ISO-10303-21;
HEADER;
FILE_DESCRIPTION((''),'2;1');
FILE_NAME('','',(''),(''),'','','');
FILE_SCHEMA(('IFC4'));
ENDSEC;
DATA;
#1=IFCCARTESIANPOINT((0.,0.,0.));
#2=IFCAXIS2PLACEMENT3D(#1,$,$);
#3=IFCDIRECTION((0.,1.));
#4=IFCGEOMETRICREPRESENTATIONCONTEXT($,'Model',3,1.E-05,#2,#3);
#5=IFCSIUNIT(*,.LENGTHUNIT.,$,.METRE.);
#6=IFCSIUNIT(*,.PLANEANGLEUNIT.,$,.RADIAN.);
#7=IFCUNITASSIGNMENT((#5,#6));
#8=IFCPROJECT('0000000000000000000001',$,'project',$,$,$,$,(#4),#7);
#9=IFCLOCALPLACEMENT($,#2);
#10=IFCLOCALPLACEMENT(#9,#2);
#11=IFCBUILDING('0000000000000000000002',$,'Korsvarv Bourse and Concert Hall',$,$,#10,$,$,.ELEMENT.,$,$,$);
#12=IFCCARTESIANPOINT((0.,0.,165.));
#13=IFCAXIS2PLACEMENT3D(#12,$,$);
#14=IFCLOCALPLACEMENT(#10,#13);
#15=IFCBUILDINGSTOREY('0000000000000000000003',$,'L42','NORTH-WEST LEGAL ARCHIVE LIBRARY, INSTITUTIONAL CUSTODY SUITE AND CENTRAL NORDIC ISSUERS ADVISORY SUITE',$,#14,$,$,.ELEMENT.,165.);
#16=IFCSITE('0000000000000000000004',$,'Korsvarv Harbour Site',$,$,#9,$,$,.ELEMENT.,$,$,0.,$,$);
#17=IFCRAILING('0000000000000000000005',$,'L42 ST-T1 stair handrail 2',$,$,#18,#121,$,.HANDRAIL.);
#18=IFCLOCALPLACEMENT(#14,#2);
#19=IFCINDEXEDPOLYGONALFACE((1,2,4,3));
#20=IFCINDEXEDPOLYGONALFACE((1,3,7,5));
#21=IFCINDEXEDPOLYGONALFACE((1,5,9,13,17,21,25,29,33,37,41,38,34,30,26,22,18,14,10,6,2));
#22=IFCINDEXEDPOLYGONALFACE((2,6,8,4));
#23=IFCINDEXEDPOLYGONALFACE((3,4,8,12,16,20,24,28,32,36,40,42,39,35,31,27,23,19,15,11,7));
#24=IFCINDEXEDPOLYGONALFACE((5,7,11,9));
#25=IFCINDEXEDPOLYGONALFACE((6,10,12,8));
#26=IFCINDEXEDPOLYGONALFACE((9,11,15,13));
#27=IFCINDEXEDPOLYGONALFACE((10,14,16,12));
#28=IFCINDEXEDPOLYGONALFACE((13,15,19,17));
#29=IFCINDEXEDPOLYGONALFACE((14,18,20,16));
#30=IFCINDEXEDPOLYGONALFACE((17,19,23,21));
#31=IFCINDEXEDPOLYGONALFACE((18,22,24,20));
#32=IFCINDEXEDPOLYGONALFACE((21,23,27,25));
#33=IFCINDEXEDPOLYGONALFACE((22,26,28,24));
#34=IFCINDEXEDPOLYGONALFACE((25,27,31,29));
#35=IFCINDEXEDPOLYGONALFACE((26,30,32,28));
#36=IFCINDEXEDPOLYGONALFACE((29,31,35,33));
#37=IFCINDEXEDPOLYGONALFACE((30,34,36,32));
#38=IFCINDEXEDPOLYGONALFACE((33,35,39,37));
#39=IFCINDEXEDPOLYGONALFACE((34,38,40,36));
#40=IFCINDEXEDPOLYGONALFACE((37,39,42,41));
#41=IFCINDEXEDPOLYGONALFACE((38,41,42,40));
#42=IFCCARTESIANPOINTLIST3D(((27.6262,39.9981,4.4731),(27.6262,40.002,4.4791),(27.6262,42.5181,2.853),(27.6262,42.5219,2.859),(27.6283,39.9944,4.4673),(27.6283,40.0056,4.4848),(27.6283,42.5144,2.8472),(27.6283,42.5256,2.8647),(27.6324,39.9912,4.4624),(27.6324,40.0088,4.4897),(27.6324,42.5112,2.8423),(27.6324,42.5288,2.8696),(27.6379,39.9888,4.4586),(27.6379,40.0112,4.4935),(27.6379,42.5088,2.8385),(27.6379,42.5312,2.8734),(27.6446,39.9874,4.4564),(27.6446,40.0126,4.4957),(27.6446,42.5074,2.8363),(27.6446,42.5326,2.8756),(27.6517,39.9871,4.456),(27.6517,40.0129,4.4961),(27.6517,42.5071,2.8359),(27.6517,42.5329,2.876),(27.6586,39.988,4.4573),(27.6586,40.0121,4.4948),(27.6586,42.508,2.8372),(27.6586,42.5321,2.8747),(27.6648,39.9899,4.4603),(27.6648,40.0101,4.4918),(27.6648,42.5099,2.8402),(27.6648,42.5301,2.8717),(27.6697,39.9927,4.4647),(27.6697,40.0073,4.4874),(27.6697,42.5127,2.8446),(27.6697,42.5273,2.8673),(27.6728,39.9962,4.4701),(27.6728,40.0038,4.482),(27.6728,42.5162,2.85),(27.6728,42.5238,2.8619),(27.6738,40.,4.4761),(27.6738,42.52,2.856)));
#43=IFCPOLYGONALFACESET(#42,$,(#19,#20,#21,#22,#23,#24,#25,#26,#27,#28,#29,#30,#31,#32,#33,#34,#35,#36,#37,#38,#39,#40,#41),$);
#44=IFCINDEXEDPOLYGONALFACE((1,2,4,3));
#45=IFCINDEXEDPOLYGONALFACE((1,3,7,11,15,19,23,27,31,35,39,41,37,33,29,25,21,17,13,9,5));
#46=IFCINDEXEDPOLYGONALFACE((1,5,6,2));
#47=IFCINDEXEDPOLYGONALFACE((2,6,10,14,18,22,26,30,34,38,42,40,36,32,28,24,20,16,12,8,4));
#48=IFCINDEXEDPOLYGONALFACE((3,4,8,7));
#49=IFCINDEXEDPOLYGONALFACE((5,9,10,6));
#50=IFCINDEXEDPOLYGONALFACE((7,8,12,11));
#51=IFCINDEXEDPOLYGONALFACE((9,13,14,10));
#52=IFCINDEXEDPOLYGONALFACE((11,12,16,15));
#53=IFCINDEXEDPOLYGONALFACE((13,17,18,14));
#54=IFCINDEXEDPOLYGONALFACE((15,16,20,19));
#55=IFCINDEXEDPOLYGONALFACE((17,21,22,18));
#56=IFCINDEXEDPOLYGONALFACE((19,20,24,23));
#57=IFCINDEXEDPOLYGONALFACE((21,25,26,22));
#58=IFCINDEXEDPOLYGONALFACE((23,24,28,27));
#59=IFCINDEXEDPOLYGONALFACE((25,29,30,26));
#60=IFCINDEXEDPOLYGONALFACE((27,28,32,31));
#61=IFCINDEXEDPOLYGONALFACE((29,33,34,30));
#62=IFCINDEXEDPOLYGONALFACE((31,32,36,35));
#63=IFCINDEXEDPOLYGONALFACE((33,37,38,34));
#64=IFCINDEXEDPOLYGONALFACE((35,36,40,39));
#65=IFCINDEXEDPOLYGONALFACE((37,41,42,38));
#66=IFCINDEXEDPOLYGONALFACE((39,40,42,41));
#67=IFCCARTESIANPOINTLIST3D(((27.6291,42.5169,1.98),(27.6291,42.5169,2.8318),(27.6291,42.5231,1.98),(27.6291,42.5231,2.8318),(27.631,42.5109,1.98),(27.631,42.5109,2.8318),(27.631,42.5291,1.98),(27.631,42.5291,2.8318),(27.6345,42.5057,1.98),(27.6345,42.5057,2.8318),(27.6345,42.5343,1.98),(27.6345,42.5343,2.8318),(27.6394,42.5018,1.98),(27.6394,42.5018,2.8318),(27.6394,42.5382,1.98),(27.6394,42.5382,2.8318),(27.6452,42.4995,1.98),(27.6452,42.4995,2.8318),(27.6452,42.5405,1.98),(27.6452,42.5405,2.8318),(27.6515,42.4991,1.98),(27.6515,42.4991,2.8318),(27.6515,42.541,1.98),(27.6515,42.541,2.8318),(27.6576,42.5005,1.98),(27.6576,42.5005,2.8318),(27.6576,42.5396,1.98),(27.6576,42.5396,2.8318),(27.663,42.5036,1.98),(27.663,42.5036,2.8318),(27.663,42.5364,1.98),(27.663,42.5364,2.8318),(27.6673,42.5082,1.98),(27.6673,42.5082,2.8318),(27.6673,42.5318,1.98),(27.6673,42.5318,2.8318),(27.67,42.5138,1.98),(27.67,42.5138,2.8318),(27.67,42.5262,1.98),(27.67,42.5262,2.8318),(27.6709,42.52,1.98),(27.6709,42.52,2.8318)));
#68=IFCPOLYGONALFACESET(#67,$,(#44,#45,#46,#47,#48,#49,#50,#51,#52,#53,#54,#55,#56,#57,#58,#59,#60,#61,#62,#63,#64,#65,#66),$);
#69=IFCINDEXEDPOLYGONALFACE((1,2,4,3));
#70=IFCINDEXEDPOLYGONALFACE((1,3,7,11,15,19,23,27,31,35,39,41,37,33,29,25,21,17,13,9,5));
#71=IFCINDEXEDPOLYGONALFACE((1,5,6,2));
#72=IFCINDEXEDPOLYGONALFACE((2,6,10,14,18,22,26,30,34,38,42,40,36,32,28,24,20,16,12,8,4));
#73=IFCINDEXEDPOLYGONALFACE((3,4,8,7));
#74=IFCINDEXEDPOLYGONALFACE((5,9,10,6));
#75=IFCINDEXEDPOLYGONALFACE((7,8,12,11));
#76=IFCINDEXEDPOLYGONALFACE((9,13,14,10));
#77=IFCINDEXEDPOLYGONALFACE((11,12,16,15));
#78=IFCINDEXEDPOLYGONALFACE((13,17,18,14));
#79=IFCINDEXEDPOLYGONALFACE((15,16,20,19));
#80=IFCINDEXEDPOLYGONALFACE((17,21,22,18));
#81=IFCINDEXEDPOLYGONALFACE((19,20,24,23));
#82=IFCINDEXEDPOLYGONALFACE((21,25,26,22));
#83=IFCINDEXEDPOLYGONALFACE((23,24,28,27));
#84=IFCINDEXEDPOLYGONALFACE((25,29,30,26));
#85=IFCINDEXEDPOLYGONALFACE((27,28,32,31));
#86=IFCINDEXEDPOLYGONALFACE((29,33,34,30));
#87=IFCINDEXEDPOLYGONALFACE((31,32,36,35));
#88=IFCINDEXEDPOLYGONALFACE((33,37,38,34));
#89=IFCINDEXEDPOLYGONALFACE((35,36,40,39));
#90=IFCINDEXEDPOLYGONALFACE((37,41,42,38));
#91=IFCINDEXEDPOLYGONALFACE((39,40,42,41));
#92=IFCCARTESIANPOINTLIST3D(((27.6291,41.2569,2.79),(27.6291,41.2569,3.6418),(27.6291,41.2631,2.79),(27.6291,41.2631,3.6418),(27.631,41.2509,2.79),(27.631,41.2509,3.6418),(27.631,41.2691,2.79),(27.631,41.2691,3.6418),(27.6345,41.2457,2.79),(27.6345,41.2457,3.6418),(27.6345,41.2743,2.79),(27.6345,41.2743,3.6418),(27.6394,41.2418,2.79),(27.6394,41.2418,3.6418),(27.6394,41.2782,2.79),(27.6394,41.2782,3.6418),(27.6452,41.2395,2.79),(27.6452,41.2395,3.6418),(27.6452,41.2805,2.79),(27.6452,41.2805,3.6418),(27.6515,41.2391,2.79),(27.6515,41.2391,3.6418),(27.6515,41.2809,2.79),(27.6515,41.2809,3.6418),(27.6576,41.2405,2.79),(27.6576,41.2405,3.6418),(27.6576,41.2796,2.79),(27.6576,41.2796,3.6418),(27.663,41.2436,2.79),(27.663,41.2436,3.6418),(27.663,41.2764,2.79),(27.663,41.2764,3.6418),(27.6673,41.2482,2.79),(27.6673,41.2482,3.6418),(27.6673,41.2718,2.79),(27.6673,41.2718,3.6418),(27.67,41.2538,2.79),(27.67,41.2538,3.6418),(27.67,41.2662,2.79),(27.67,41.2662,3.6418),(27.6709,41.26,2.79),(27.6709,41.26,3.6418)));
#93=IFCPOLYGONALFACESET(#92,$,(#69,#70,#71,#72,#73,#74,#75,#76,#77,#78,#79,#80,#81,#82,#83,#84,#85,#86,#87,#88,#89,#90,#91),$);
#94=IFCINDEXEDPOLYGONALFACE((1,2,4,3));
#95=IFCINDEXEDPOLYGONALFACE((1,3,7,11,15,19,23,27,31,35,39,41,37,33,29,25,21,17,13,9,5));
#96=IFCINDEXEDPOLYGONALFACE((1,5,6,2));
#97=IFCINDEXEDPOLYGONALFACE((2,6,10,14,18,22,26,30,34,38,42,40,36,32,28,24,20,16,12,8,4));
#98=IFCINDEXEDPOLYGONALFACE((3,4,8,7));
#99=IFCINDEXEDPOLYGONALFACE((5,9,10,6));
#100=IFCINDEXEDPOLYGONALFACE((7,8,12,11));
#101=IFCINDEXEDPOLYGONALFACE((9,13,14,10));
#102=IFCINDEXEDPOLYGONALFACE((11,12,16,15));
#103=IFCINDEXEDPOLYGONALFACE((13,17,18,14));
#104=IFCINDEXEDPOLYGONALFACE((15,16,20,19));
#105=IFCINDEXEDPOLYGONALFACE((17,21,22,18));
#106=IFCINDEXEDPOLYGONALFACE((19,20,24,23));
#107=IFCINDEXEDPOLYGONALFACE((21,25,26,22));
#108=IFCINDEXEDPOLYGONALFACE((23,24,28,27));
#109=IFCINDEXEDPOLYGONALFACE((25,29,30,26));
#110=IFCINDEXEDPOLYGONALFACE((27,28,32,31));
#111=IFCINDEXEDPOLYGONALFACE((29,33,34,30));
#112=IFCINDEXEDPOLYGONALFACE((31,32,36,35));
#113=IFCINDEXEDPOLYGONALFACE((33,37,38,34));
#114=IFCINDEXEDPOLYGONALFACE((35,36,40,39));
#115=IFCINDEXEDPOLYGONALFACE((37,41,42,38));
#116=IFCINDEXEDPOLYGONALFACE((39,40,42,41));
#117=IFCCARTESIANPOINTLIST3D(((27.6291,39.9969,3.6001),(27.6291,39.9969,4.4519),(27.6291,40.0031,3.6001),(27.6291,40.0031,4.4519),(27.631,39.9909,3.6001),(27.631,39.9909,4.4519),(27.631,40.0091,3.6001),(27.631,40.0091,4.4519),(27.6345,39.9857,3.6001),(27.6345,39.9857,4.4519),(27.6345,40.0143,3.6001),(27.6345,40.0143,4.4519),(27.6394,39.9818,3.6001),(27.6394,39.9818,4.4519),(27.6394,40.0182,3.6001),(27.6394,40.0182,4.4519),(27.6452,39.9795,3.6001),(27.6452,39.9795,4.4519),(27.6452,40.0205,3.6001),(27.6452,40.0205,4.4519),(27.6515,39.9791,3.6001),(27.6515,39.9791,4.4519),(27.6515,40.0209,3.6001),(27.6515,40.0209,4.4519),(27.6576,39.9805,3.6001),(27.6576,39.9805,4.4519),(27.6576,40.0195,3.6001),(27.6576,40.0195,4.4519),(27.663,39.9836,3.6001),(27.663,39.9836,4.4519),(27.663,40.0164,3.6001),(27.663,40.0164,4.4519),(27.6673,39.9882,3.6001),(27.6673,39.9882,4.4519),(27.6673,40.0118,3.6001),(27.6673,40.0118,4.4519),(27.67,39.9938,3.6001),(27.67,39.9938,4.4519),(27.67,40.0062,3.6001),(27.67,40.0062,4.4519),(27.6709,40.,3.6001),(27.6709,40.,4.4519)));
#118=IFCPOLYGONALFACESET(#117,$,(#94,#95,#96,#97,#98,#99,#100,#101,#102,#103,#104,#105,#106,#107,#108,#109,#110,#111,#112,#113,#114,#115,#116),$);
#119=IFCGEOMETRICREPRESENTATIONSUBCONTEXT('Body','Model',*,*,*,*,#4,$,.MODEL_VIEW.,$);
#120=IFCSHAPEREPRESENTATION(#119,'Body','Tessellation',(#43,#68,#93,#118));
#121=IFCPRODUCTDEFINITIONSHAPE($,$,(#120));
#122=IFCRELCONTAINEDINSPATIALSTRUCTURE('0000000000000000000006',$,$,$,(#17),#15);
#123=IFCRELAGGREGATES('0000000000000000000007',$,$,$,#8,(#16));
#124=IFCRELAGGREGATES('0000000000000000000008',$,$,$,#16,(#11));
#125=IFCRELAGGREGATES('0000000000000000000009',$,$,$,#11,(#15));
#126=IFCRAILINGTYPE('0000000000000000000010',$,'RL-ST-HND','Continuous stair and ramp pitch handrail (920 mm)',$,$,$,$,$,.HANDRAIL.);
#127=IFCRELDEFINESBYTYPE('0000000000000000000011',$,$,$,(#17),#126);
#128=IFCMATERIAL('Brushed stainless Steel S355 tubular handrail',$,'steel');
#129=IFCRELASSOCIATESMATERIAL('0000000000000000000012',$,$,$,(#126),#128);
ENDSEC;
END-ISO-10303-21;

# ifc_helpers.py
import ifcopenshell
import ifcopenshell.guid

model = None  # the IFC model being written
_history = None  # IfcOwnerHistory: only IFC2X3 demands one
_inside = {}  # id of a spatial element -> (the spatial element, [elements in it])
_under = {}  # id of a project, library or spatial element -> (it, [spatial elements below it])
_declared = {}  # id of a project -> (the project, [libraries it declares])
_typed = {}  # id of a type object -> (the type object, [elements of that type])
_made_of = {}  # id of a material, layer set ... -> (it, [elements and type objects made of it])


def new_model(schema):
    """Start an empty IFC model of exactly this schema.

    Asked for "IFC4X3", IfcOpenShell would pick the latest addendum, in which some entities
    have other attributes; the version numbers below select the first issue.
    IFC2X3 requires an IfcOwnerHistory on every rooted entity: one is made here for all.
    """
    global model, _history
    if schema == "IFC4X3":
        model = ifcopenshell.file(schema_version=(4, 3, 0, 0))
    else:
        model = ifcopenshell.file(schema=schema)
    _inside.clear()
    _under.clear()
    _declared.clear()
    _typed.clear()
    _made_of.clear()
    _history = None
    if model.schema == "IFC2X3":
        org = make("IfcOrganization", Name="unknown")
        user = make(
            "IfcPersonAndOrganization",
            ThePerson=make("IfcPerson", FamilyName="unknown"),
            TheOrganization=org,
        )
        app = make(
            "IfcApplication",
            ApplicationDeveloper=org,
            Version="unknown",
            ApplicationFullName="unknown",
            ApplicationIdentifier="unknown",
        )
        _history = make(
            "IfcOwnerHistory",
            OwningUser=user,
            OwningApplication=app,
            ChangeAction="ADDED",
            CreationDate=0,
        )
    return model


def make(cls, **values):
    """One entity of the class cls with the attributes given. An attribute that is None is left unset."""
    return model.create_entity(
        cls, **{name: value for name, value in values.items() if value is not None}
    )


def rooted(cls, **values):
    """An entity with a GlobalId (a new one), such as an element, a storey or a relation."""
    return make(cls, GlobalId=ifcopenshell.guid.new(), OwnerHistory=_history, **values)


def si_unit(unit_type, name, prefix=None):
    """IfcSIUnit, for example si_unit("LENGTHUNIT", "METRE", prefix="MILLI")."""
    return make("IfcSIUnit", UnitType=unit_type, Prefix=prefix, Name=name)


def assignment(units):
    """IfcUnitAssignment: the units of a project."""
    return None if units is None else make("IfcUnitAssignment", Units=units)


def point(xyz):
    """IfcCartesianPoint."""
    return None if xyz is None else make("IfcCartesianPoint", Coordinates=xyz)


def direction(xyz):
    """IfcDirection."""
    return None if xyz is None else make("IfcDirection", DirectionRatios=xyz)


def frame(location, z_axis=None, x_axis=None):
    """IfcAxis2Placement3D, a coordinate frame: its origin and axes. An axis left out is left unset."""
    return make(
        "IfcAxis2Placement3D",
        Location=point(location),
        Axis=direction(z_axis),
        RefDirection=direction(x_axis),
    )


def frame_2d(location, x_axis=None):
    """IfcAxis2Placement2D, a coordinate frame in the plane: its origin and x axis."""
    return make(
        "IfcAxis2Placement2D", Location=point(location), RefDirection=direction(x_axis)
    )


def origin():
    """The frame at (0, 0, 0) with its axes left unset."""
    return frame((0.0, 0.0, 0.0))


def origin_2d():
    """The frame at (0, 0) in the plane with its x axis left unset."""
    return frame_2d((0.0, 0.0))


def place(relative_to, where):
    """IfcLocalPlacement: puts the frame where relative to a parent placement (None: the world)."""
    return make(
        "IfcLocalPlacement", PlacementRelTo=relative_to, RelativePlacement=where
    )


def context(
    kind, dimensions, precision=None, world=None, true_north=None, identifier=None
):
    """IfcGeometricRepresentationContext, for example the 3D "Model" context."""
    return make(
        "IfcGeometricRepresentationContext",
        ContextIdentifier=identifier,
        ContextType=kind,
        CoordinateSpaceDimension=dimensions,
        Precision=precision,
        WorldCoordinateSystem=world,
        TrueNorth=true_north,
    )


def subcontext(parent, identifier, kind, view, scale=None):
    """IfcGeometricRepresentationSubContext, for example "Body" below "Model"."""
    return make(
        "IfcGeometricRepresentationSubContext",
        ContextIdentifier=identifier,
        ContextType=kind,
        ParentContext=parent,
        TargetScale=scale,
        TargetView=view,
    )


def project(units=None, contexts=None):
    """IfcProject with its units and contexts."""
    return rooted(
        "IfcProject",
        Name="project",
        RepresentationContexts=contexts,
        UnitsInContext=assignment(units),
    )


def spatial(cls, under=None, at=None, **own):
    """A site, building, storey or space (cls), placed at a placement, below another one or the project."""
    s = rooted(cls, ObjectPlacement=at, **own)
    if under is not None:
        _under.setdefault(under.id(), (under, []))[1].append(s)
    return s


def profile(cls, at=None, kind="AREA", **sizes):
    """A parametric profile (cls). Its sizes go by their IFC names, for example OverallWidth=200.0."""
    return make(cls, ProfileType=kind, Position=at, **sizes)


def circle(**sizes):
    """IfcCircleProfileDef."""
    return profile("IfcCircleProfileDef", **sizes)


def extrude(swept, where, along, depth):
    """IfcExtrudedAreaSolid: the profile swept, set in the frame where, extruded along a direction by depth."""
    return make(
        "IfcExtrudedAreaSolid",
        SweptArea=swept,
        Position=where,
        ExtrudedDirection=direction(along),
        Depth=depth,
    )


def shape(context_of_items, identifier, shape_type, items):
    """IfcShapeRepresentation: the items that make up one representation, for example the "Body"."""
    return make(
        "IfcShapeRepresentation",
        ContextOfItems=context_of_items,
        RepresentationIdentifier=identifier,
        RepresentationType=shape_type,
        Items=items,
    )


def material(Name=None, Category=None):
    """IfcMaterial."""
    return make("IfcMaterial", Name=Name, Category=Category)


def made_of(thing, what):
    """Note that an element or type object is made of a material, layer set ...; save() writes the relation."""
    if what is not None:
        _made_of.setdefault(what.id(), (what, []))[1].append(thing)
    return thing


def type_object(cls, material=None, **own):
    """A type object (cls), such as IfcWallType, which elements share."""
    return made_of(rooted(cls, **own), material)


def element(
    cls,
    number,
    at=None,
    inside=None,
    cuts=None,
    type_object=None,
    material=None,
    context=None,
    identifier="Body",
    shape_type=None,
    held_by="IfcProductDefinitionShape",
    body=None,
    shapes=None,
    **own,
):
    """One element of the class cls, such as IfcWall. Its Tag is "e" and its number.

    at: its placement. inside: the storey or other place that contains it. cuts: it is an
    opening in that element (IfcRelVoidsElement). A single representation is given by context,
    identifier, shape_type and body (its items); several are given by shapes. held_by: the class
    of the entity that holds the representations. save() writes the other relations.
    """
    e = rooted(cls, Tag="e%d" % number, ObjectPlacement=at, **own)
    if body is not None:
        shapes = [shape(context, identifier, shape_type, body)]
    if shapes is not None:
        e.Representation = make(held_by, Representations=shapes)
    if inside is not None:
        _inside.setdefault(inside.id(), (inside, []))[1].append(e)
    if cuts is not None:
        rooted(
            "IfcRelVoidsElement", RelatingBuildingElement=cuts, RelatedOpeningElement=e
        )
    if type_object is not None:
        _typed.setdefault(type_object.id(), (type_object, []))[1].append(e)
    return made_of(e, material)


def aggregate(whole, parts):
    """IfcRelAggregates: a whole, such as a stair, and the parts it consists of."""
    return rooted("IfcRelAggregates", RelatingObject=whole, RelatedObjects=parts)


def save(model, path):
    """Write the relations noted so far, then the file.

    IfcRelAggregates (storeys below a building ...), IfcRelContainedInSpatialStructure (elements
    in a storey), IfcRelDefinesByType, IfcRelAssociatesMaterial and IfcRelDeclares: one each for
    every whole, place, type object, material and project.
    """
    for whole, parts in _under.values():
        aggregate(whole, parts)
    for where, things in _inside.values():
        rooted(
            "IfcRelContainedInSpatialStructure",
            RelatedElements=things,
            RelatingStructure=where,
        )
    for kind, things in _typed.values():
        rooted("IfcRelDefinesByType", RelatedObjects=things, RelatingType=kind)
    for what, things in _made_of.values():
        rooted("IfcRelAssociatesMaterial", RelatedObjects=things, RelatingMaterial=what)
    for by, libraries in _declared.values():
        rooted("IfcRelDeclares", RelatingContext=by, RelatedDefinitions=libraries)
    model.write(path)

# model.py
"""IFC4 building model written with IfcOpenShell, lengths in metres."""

from ifc_helpers import new_model, si_unit, direction, frame, origin, origin_2d, place, context, subcontext, project, spatial, circle, extrude, material, type_object, element, save


model = new_model("IFC4")

# Units and contexts
model_context = context("Model", 3, precision=1e-05, world=origin(), true_north=direction((0.0, 1.0)))
body_context = subcontext(model_context, "Body", "Model", "MODEL_VIEW")
ifc_project = project(units=[si_unit("LENGTHUNIT", "METRE"), si_unit("PLANEANGLEUNIT", "RADIAN")], contexts=[model_context])

# Site, building, storey
site_placement = place(None, origin())
site = spatial("IfcSite", under=ifc_project, at=site_placement, Name="Korsvarv Harbour Site", CompositionType="ELEMENT", RefElevation=0.0)
building_placement = place(site_placement, origin())
building = spatial("IfcBuilding", under=site, at=building_placement, Name="Korsvarv Bourse and Concert Hall", CompositionType="ELEMENT")
storey_placement = place(building_placement, frame((0.0, 0.0, 165.0)))
storey = spatial("IfcBuildingStorey", under=building, at=storey_placement, Name="L42", Description="NORTH-WEST LEGAL ARCHIVE LIBRARY, INSTITUTIONAL CUSTODY SUITE AND CENTRAL NORDIC ISSUERS ADVISORY SUITE", CompositionType="ELEMENT", Elevation=165.0)

# Railing
ifc_material_1 = material(Name="Brushed stainless Steel S355 tubular handrail", Category="steel")
railing_type_1 = type_object("IfcRailingType", Name="RL-ST-HND", Description="Continuous stair and ramp pitch handrail (920 mm)", PredefinedType="HANDRAIL", material=ifc_material_1)
railing_1_placement = place(storey_placement, frame((27.6499, 42.52, 1.98)))
element("IfcRailing", 1, at=railing_1_placement, inside=storey, type_object=railing_type_1, Name="L42 ST-T1 stair handrail 2", PredefinedType="HANDRAIL", context=body_context, shape_type="SweptSolid", body=[
    extrude(circle(Radius=0.0239, at=origin_2d()), frame((0.0, 0.0, 0.876), z_axis=(0.0, -0.841163, 0.540782), x_axis=(1.0, 0.0, 0.0)), (0.0, 0.0, 1.0), 2.9958),
    extrude(circle(Radius=0.021, at=origin_2d()), origin(), (0.0, 0.0, 1.0), 0.8518),
    extrude(circle(Radius=0.021, at=origin_2d()), frame((0.0, -1.26, 0.8101)), (0.0, 0.0, 1.0), 0.8518),
    extrude(circle(Radius=0.021, at=origin_2d()), frame((0.0, -2.52, 1.6201)), (0.0, 0.0, 1.0), 0.8518),
])

save(model, "model.ifc")
